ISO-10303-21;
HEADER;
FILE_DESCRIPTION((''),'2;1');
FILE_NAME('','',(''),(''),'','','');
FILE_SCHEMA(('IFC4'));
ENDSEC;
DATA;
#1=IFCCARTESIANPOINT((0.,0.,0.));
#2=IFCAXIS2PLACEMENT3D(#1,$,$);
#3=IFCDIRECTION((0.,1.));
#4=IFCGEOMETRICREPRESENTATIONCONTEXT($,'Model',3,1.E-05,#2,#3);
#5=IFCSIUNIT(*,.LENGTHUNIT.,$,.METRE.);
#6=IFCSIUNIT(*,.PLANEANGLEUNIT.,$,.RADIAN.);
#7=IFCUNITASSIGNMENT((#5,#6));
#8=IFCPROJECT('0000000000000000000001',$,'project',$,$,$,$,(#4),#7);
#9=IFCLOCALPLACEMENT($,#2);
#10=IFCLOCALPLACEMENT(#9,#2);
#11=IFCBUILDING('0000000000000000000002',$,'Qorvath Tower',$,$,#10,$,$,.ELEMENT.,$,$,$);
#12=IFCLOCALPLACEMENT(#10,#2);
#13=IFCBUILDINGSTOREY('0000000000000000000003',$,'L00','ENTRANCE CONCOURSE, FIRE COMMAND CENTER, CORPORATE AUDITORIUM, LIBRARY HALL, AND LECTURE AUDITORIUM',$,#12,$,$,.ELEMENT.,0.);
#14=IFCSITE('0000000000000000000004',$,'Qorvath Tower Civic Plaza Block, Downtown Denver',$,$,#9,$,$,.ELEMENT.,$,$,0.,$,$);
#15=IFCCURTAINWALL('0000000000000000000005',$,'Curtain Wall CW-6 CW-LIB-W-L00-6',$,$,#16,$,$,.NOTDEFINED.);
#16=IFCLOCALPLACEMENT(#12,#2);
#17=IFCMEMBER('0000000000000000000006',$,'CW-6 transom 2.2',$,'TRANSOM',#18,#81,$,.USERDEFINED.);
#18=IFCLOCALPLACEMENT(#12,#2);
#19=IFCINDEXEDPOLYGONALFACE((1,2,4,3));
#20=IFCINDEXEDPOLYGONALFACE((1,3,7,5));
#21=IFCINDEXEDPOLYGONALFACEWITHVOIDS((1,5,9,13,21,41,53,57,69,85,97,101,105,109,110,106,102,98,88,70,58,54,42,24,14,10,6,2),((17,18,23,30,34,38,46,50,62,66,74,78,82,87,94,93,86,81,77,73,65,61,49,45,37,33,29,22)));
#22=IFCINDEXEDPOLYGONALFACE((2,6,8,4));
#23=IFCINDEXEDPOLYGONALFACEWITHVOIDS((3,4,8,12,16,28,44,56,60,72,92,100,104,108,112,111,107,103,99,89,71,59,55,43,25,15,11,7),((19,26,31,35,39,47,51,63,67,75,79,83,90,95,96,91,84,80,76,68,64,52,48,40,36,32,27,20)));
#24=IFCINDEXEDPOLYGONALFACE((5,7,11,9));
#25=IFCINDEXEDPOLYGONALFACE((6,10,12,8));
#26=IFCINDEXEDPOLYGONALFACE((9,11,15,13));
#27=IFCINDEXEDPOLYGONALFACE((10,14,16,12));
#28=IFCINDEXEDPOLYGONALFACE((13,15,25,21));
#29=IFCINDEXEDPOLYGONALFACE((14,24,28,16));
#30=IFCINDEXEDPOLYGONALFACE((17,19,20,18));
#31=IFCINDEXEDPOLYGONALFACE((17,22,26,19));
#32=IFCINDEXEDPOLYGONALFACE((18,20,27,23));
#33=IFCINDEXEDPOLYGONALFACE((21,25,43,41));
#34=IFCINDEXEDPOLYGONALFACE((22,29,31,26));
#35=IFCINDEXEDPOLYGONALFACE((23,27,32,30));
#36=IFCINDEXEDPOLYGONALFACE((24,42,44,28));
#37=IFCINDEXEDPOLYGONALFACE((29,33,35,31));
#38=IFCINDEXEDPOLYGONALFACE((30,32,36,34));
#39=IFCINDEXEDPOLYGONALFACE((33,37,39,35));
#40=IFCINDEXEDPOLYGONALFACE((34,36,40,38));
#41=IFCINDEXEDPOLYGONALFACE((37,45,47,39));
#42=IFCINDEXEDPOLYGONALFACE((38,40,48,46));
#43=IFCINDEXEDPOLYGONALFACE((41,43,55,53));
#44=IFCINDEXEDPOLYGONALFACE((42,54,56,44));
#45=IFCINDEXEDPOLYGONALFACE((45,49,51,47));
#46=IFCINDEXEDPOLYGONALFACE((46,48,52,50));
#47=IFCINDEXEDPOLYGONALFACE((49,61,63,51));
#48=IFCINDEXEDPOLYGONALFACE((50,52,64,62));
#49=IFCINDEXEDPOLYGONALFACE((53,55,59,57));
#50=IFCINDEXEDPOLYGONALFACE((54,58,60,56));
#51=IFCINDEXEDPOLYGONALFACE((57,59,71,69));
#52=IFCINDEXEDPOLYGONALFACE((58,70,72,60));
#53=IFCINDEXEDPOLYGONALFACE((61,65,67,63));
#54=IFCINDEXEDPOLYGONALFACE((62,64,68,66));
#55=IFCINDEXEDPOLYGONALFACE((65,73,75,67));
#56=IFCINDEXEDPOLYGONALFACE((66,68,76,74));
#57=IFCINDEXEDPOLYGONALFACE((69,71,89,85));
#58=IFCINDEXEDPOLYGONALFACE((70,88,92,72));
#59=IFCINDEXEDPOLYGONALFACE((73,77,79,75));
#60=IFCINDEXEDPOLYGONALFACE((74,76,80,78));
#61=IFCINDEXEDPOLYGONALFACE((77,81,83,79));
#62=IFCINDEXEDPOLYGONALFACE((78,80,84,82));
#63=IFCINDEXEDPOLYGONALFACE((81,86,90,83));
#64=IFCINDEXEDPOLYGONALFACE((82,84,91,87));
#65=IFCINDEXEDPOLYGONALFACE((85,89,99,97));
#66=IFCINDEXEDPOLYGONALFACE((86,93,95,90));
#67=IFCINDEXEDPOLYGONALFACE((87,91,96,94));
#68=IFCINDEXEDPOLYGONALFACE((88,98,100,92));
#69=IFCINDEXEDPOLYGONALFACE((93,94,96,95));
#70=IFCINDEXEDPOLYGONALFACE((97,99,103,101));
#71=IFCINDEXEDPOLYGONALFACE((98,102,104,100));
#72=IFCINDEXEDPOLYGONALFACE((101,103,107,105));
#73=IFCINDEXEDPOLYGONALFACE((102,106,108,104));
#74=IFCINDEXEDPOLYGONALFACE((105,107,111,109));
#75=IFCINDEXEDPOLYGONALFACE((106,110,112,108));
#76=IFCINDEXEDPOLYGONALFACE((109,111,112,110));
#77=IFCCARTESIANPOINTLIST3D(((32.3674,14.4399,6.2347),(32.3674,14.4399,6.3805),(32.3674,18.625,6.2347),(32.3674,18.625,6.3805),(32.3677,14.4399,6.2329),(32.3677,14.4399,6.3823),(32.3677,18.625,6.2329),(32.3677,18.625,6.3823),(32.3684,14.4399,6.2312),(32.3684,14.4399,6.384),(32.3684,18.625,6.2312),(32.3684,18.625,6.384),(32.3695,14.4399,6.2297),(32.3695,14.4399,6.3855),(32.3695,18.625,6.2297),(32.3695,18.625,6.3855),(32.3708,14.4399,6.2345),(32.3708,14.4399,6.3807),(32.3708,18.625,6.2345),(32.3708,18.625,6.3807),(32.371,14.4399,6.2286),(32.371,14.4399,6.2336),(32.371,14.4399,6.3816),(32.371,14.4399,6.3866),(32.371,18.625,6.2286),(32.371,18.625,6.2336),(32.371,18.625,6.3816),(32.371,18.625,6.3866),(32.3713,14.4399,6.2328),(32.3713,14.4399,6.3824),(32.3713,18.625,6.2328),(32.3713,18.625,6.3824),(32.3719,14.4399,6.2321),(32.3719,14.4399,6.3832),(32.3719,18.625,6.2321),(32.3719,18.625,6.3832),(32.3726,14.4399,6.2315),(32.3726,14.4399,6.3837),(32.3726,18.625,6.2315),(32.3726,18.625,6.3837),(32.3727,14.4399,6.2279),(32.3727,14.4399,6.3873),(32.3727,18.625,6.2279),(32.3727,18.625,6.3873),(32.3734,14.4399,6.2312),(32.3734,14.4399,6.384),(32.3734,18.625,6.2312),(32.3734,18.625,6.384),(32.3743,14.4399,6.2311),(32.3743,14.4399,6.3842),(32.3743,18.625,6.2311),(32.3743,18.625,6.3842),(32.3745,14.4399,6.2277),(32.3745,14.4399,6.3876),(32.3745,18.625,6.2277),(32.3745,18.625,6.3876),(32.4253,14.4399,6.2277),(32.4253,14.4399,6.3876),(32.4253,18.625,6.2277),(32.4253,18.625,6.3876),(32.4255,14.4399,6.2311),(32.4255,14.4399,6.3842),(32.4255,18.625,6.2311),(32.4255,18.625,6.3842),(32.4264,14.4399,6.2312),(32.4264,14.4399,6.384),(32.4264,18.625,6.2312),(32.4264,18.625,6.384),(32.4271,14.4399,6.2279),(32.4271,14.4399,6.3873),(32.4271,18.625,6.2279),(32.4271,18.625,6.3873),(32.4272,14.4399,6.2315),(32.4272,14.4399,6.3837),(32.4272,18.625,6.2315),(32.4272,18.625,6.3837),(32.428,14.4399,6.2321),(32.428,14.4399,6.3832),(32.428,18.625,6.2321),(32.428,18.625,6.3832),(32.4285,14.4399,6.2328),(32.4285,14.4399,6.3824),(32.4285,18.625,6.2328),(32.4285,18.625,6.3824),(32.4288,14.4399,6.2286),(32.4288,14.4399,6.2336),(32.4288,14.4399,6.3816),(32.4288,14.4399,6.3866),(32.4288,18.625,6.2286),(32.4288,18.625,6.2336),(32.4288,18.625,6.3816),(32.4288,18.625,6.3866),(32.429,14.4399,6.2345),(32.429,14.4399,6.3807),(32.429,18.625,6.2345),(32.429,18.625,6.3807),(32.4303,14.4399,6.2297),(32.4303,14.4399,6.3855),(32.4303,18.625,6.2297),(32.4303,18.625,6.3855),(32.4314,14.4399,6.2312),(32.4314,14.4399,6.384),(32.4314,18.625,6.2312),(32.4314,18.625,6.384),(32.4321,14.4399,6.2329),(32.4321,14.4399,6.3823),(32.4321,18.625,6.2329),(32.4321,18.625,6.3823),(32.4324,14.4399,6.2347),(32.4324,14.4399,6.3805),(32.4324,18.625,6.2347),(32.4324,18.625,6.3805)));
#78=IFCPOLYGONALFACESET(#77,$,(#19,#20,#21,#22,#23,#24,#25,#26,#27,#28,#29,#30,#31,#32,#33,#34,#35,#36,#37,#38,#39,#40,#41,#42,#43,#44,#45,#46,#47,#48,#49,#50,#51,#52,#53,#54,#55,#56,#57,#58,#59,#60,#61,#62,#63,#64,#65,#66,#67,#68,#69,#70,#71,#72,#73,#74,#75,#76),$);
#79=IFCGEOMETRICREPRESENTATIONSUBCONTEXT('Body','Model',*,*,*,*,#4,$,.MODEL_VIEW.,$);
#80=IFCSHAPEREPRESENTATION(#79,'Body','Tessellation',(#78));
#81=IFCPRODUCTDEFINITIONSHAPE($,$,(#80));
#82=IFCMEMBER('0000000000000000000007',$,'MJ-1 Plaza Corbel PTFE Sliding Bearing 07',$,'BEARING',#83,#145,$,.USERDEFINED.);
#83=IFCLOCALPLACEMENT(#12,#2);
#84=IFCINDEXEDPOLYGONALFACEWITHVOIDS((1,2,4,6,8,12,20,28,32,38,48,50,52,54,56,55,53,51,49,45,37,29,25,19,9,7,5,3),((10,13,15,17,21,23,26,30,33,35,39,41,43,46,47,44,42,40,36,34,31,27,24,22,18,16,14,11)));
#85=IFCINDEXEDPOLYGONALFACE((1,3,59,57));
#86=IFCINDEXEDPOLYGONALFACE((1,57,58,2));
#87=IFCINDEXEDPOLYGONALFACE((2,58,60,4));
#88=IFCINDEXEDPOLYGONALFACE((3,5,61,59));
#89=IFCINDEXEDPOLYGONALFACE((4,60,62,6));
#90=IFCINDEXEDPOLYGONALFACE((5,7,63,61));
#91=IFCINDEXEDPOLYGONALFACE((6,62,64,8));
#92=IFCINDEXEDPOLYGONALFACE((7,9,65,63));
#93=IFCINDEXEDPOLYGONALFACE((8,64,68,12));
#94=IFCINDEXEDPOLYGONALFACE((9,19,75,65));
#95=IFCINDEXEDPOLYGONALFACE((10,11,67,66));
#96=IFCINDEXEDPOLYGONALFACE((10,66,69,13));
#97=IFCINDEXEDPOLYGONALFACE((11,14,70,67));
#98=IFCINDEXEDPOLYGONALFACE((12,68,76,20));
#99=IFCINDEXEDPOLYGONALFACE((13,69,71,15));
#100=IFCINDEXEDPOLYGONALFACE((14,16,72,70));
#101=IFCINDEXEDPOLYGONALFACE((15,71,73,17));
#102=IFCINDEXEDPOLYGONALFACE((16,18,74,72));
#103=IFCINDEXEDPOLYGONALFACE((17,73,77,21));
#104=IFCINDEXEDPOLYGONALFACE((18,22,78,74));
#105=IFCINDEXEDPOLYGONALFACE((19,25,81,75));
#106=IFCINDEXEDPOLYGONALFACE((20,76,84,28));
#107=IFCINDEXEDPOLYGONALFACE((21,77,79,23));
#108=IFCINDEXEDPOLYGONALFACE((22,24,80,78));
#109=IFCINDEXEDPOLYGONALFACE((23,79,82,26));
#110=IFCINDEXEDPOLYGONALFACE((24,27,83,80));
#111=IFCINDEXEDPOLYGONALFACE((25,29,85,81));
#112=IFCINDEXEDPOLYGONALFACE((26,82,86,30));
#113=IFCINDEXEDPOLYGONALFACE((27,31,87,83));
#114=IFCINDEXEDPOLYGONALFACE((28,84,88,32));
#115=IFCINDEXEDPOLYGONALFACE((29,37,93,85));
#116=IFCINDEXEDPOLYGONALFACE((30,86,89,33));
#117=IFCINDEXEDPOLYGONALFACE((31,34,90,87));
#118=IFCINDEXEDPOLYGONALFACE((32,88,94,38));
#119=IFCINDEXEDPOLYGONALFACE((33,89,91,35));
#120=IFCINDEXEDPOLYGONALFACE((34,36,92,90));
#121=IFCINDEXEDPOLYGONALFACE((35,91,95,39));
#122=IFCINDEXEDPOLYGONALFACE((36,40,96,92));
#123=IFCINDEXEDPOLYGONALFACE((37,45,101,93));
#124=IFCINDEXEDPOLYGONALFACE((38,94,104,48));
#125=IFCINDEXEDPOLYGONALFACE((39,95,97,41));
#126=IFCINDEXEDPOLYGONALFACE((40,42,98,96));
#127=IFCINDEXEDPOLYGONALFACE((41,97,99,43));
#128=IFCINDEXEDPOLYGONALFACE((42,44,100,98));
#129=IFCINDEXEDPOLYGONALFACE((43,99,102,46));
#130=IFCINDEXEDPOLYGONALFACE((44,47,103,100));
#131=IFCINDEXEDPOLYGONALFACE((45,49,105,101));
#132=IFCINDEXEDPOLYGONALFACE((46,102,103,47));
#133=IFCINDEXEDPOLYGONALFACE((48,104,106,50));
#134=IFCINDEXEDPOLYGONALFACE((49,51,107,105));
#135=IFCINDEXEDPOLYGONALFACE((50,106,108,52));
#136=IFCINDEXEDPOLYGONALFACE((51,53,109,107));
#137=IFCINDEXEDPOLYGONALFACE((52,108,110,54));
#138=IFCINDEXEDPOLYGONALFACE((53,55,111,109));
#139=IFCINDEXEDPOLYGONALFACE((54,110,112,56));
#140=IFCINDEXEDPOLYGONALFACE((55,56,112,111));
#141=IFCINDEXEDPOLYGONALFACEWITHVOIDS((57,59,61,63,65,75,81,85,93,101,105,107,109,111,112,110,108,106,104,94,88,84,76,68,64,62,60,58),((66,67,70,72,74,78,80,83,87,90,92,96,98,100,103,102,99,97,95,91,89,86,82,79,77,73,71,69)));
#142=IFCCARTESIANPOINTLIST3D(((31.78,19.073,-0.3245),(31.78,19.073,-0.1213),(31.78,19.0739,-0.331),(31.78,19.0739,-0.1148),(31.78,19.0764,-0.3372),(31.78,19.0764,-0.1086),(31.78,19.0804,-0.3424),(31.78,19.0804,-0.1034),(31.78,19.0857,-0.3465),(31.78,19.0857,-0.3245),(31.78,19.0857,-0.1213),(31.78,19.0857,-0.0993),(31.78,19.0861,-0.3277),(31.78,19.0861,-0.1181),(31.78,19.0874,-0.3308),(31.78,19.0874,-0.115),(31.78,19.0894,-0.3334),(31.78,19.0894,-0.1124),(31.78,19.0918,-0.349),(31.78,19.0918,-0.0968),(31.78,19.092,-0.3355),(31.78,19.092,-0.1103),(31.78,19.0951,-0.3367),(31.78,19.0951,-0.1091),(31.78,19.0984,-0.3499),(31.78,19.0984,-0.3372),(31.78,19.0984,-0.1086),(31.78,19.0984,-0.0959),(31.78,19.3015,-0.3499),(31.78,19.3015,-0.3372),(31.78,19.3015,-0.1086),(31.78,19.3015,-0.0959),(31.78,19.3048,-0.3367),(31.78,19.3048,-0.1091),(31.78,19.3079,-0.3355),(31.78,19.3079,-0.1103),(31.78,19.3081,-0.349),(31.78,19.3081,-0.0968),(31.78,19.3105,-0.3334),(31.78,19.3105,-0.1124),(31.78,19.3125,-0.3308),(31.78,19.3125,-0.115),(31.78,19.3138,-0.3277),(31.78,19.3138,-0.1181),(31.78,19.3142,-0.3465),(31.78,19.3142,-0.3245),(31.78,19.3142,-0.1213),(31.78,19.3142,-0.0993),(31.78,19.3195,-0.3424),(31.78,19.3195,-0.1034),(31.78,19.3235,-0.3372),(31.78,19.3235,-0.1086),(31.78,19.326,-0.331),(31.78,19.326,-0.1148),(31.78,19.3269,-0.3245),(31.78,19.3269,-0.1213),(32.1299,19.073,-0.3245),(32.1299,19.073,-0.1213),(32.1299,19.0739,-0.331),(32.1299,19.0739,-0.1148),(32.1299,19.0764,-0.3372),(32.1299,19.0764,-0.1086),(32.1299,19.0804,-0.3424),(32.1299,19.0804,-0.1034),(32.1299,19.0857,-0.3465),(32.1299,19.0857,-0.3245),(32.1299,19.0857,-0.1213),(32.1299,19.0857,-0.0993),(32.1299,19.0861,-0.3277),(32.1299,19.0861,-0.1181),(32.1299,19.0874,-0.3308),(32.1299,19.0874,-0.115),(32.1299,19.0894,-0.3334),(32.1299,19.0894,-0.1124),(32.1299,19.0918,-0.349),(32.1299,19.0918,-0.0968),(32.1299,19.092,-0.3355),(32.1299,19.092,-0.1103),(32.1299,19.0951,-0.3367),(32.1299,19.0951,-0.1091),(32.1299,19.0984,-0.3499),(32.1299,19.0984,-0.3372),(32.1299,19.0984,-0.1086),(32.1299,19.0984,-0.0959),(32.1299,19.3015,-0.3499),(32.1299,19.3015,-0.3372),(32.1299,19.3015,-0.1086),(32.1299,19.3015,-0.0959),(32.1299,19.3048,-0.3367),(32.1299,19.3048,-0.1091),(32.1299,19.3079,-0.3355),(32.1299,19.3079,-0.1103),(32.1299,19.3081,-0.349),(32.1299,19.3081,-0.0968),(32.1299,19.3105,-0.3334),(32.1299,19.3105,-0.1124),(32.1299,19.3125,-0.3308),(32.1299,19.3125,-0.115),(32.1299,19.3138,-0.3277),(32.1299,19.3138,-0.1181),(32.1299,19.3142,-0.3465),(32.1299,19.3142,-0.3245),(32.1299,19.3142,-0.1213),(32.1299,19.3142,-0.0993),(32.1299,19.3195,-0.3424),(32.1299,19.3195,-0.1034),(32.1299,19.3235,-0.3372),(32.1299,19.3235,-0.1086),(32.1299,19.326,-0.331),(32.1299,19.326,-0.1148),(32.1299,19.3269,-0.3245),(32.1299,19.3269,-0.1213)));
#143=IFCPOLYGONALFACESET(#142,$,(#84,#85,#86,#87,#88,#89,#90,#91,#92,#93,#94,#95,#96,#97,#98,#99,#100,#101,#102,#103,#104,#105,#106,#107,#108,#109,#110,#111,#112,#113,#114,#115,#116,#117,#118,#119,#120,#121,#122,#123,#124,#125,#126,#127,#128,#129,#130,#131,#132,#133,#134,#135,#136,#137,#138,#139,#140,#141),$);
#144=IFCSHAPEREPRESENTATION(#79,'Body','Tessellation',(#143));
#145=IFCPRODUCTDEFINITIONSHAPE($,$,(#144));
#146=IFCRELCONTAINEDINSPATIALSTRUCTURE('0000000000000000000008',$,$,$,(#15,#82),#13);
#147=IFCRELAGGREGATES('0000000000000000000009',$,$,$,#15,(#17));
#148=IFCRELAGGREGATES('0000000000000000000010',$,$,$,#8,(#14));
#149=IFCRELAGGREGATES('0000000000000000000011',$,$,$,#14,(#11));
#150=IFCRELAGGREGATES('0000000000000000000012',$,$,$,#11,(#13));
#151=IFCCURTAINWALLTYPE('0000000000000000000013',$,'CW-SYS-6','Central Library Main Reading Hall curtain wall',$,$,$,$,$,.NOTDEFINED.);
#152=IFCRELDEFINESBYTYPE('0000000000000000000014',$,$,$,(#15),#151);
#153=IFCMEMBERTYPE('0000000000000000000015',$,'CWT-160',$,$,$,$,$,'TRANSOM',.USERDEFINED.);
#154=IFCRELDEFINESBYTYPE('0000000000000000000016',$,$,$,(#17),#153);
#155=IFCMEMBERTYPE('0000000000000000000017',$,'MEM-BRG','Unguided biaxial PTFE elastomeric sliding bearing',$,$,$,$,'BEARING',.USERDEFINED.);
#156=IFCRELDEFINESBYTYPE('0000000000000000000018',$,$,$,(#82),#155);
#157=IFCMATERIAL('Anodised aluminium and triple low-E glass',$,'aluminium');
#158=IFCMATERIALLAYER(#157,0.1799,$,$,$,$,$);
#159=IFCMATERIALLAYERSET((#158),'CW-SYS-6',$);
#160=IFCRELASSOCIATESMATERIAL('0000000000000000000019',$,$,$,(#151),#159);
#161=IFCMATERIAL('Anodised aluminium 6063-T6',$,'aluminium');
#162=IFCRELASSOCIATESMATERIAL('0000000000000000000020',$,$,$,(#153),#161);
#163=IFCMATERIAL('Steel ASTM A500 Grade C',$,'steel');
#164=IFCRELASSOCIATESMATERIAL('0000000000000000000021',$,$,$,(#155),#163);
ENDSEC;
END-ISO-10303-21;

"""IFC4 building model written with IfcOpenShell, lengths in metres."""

from ifc_helpers import new_model, si_unit, direction, frame, origin, origin_2d, place, context, subcontext, project, spatial, hollow_rectangle, extrude, material, layer, layer_set, material_profile, profile_set, type_object, element, aggregate, save


model = new_model("IFC4")

# Units and contexts
model_context = context("Model", 3, precision=1e-05, world=origin(), true_north=direction((0.0, 1.0)))
body_context = subcontext(model_context, "Body", "Model", "MODEL_VIEW")
ifc_project = project(units=[si_unit("LENGTHUNIT", "METRE"), si_unit("PLANEANGLEUNIT", "RADIAN")], contexts=[model_context])

# Site, building, storey
site_placement = place(None, origin())
site = spatial("IfcSite", under=ifc_project, at=site_placement, Name="Qorvath Tower Civic Plaza Block, Downtown Denver", CompositionType="ELEMENT", RefElevation=0.0)
building_placement = place(site_placement, origin())
building = spatial("IfcBuilding", under=site, at=building_placement, Name="Qorvath Tower", CompositionType="ELEMENT")
storey_placement = place(building_placement, origin())
storey = spatial("IfcBuildingStorey", under=building, at=storey_placement, Name="L00", Description="ENTRANCE CONCOURSE, FIRE COMMAND CENTER, CORPORATE AUDITORIUM, LIBRARY HALL, AND LECTURE AUDITORIUM", CompositionType="ELEMENT", Elevation=0.0)

# Curtain wall, member
ifc_material_1 = material(Name="Anodised aluminium and triple low-E glass", Category="aluminium")
ifc_layer_1 = layer(ifc_material_1, 0.1799)
ifc_layer_set_1 = layer_set([ifc_layer_1], Name="CW-SYS-6")
curtain_wall_type = type_object("IfcCurtainWallType", Name="CW-SYS-6", Description="Central Library Main Reading Hall curtain wall", PredefinedType="NOTDEFINED", material=ifc_layer_set_1)
curtain_wall_placement = place(storey_placement, origin())
curtain_wall = element("IfcCurtainWall", 1, at=curtain_wall_placement, inside=storey, type_object=curtain_wall_type, Name="Curtain Wall CW-6 CW-LIB-W-L00-6", PredefinedType="NOTDEFINED")
ifc_material_2 = material(Name="Anodised aluminium 6063-T6", Category="aluminium")
ifc_material_profile_1 = material_profile(ifc_material_2, hollow_rectangle(XDim=0.0649, YDim=0.1599, WallThickness=0.0034, InnerFilletRadius=0.0034, OuterFilletRadius=0.0071, at=origin_2d()), Name="CWT 160x65")
ifc_profile_set_1 = profile_set([ifc_material_profile_1], Name="Anodised aluminium 6063-T6")
member_type_1 = type_object("IfcMemberType", Name="CWT-160", ElementType="TRANSOM", PredefinedType="USERDEFINED", material=ifc_profile_set_1)
member_1_placement = place(storey_placement, frame((32.3999, 14.4399, 6.3076), z_axis=(0.0, 1.0, 0.0), x_axis=(-1.0, 0.0, 0.0)))
member_1 = element("IfcMember", 2, at=member_1_placement, type_object=member_type_1, Name="CW-6 transom 2.2", ObjectType="TRANSOM", PredefinedType="USERDEFINED", context=body_context, shape_type="SweptSolid", body=[
    extrude(hollow_rectangle(XDim=0.0649, YDim=0.1599, WallThickness=0.0034, InnerFilletRadius=0.0034, OuterFilletRadius=0.0071, at=origin_2d()), origin(), (0.0, 0.0, 1.0), 4.1851),
])

# Member
ifc_material_3 = material(Name="Steel ASTM A500 Grade C", Category="steel")
ifc_material_profile_2 = material_profile(ifc_material_3, hollow_rectangle(XDim=0.2539, YDim=0.2539, WallThickness=0.0127, InnerFilletRadius=0.0127, OuterFilletRadius=0.0254, at=origin_2d()), Name="HSS 254x254x12.7")
ifc_profile_set_2 = profile_set([ifc_material_profile_2], Name="Steel ASTM A500 Grade C")
member_type_2 = type_object("IfcMemberType", Name="MEM-BRG", Description="Unguided biaxial PTFE elastomeric sliding bearing", ElementType="BEARING", PredefinedType="USERDEFINED", material=ifc_profile_set_2)
for number, where, z_axis, x_axis, name in (
    (3, (31.78, 19.2, -0.2229), (1.0, 0.0, 0.0), (0.0, 1.0, 0.0), "MJ-1 Plaza Corbel PTFE Sliding Bearing 07"),
):
    element("IfcMember", number, at=place(storey_placement, frame(where, z_axis=z_axis, x_axis=x_axis)), inside=storey, type_object=member_type_2, Name=name, ObjectType="BEARING", PredefinedType="USERDEFINED", context=body_context, shape_type="SweptSolid", body=[
        extrude(hollow_rectangle(XDim=0.2539, YDim=0.2539, WallThickness=0.0127, InnerFilletRadius=0.0127, OuterFilletRadius=0.0254, at=origin_2d()), origin(), (0.0, 0.0, 1.0), 0.3499),
    ])

aggregate(curtain_wall, [member_1])

save(model, "model.ifc")
